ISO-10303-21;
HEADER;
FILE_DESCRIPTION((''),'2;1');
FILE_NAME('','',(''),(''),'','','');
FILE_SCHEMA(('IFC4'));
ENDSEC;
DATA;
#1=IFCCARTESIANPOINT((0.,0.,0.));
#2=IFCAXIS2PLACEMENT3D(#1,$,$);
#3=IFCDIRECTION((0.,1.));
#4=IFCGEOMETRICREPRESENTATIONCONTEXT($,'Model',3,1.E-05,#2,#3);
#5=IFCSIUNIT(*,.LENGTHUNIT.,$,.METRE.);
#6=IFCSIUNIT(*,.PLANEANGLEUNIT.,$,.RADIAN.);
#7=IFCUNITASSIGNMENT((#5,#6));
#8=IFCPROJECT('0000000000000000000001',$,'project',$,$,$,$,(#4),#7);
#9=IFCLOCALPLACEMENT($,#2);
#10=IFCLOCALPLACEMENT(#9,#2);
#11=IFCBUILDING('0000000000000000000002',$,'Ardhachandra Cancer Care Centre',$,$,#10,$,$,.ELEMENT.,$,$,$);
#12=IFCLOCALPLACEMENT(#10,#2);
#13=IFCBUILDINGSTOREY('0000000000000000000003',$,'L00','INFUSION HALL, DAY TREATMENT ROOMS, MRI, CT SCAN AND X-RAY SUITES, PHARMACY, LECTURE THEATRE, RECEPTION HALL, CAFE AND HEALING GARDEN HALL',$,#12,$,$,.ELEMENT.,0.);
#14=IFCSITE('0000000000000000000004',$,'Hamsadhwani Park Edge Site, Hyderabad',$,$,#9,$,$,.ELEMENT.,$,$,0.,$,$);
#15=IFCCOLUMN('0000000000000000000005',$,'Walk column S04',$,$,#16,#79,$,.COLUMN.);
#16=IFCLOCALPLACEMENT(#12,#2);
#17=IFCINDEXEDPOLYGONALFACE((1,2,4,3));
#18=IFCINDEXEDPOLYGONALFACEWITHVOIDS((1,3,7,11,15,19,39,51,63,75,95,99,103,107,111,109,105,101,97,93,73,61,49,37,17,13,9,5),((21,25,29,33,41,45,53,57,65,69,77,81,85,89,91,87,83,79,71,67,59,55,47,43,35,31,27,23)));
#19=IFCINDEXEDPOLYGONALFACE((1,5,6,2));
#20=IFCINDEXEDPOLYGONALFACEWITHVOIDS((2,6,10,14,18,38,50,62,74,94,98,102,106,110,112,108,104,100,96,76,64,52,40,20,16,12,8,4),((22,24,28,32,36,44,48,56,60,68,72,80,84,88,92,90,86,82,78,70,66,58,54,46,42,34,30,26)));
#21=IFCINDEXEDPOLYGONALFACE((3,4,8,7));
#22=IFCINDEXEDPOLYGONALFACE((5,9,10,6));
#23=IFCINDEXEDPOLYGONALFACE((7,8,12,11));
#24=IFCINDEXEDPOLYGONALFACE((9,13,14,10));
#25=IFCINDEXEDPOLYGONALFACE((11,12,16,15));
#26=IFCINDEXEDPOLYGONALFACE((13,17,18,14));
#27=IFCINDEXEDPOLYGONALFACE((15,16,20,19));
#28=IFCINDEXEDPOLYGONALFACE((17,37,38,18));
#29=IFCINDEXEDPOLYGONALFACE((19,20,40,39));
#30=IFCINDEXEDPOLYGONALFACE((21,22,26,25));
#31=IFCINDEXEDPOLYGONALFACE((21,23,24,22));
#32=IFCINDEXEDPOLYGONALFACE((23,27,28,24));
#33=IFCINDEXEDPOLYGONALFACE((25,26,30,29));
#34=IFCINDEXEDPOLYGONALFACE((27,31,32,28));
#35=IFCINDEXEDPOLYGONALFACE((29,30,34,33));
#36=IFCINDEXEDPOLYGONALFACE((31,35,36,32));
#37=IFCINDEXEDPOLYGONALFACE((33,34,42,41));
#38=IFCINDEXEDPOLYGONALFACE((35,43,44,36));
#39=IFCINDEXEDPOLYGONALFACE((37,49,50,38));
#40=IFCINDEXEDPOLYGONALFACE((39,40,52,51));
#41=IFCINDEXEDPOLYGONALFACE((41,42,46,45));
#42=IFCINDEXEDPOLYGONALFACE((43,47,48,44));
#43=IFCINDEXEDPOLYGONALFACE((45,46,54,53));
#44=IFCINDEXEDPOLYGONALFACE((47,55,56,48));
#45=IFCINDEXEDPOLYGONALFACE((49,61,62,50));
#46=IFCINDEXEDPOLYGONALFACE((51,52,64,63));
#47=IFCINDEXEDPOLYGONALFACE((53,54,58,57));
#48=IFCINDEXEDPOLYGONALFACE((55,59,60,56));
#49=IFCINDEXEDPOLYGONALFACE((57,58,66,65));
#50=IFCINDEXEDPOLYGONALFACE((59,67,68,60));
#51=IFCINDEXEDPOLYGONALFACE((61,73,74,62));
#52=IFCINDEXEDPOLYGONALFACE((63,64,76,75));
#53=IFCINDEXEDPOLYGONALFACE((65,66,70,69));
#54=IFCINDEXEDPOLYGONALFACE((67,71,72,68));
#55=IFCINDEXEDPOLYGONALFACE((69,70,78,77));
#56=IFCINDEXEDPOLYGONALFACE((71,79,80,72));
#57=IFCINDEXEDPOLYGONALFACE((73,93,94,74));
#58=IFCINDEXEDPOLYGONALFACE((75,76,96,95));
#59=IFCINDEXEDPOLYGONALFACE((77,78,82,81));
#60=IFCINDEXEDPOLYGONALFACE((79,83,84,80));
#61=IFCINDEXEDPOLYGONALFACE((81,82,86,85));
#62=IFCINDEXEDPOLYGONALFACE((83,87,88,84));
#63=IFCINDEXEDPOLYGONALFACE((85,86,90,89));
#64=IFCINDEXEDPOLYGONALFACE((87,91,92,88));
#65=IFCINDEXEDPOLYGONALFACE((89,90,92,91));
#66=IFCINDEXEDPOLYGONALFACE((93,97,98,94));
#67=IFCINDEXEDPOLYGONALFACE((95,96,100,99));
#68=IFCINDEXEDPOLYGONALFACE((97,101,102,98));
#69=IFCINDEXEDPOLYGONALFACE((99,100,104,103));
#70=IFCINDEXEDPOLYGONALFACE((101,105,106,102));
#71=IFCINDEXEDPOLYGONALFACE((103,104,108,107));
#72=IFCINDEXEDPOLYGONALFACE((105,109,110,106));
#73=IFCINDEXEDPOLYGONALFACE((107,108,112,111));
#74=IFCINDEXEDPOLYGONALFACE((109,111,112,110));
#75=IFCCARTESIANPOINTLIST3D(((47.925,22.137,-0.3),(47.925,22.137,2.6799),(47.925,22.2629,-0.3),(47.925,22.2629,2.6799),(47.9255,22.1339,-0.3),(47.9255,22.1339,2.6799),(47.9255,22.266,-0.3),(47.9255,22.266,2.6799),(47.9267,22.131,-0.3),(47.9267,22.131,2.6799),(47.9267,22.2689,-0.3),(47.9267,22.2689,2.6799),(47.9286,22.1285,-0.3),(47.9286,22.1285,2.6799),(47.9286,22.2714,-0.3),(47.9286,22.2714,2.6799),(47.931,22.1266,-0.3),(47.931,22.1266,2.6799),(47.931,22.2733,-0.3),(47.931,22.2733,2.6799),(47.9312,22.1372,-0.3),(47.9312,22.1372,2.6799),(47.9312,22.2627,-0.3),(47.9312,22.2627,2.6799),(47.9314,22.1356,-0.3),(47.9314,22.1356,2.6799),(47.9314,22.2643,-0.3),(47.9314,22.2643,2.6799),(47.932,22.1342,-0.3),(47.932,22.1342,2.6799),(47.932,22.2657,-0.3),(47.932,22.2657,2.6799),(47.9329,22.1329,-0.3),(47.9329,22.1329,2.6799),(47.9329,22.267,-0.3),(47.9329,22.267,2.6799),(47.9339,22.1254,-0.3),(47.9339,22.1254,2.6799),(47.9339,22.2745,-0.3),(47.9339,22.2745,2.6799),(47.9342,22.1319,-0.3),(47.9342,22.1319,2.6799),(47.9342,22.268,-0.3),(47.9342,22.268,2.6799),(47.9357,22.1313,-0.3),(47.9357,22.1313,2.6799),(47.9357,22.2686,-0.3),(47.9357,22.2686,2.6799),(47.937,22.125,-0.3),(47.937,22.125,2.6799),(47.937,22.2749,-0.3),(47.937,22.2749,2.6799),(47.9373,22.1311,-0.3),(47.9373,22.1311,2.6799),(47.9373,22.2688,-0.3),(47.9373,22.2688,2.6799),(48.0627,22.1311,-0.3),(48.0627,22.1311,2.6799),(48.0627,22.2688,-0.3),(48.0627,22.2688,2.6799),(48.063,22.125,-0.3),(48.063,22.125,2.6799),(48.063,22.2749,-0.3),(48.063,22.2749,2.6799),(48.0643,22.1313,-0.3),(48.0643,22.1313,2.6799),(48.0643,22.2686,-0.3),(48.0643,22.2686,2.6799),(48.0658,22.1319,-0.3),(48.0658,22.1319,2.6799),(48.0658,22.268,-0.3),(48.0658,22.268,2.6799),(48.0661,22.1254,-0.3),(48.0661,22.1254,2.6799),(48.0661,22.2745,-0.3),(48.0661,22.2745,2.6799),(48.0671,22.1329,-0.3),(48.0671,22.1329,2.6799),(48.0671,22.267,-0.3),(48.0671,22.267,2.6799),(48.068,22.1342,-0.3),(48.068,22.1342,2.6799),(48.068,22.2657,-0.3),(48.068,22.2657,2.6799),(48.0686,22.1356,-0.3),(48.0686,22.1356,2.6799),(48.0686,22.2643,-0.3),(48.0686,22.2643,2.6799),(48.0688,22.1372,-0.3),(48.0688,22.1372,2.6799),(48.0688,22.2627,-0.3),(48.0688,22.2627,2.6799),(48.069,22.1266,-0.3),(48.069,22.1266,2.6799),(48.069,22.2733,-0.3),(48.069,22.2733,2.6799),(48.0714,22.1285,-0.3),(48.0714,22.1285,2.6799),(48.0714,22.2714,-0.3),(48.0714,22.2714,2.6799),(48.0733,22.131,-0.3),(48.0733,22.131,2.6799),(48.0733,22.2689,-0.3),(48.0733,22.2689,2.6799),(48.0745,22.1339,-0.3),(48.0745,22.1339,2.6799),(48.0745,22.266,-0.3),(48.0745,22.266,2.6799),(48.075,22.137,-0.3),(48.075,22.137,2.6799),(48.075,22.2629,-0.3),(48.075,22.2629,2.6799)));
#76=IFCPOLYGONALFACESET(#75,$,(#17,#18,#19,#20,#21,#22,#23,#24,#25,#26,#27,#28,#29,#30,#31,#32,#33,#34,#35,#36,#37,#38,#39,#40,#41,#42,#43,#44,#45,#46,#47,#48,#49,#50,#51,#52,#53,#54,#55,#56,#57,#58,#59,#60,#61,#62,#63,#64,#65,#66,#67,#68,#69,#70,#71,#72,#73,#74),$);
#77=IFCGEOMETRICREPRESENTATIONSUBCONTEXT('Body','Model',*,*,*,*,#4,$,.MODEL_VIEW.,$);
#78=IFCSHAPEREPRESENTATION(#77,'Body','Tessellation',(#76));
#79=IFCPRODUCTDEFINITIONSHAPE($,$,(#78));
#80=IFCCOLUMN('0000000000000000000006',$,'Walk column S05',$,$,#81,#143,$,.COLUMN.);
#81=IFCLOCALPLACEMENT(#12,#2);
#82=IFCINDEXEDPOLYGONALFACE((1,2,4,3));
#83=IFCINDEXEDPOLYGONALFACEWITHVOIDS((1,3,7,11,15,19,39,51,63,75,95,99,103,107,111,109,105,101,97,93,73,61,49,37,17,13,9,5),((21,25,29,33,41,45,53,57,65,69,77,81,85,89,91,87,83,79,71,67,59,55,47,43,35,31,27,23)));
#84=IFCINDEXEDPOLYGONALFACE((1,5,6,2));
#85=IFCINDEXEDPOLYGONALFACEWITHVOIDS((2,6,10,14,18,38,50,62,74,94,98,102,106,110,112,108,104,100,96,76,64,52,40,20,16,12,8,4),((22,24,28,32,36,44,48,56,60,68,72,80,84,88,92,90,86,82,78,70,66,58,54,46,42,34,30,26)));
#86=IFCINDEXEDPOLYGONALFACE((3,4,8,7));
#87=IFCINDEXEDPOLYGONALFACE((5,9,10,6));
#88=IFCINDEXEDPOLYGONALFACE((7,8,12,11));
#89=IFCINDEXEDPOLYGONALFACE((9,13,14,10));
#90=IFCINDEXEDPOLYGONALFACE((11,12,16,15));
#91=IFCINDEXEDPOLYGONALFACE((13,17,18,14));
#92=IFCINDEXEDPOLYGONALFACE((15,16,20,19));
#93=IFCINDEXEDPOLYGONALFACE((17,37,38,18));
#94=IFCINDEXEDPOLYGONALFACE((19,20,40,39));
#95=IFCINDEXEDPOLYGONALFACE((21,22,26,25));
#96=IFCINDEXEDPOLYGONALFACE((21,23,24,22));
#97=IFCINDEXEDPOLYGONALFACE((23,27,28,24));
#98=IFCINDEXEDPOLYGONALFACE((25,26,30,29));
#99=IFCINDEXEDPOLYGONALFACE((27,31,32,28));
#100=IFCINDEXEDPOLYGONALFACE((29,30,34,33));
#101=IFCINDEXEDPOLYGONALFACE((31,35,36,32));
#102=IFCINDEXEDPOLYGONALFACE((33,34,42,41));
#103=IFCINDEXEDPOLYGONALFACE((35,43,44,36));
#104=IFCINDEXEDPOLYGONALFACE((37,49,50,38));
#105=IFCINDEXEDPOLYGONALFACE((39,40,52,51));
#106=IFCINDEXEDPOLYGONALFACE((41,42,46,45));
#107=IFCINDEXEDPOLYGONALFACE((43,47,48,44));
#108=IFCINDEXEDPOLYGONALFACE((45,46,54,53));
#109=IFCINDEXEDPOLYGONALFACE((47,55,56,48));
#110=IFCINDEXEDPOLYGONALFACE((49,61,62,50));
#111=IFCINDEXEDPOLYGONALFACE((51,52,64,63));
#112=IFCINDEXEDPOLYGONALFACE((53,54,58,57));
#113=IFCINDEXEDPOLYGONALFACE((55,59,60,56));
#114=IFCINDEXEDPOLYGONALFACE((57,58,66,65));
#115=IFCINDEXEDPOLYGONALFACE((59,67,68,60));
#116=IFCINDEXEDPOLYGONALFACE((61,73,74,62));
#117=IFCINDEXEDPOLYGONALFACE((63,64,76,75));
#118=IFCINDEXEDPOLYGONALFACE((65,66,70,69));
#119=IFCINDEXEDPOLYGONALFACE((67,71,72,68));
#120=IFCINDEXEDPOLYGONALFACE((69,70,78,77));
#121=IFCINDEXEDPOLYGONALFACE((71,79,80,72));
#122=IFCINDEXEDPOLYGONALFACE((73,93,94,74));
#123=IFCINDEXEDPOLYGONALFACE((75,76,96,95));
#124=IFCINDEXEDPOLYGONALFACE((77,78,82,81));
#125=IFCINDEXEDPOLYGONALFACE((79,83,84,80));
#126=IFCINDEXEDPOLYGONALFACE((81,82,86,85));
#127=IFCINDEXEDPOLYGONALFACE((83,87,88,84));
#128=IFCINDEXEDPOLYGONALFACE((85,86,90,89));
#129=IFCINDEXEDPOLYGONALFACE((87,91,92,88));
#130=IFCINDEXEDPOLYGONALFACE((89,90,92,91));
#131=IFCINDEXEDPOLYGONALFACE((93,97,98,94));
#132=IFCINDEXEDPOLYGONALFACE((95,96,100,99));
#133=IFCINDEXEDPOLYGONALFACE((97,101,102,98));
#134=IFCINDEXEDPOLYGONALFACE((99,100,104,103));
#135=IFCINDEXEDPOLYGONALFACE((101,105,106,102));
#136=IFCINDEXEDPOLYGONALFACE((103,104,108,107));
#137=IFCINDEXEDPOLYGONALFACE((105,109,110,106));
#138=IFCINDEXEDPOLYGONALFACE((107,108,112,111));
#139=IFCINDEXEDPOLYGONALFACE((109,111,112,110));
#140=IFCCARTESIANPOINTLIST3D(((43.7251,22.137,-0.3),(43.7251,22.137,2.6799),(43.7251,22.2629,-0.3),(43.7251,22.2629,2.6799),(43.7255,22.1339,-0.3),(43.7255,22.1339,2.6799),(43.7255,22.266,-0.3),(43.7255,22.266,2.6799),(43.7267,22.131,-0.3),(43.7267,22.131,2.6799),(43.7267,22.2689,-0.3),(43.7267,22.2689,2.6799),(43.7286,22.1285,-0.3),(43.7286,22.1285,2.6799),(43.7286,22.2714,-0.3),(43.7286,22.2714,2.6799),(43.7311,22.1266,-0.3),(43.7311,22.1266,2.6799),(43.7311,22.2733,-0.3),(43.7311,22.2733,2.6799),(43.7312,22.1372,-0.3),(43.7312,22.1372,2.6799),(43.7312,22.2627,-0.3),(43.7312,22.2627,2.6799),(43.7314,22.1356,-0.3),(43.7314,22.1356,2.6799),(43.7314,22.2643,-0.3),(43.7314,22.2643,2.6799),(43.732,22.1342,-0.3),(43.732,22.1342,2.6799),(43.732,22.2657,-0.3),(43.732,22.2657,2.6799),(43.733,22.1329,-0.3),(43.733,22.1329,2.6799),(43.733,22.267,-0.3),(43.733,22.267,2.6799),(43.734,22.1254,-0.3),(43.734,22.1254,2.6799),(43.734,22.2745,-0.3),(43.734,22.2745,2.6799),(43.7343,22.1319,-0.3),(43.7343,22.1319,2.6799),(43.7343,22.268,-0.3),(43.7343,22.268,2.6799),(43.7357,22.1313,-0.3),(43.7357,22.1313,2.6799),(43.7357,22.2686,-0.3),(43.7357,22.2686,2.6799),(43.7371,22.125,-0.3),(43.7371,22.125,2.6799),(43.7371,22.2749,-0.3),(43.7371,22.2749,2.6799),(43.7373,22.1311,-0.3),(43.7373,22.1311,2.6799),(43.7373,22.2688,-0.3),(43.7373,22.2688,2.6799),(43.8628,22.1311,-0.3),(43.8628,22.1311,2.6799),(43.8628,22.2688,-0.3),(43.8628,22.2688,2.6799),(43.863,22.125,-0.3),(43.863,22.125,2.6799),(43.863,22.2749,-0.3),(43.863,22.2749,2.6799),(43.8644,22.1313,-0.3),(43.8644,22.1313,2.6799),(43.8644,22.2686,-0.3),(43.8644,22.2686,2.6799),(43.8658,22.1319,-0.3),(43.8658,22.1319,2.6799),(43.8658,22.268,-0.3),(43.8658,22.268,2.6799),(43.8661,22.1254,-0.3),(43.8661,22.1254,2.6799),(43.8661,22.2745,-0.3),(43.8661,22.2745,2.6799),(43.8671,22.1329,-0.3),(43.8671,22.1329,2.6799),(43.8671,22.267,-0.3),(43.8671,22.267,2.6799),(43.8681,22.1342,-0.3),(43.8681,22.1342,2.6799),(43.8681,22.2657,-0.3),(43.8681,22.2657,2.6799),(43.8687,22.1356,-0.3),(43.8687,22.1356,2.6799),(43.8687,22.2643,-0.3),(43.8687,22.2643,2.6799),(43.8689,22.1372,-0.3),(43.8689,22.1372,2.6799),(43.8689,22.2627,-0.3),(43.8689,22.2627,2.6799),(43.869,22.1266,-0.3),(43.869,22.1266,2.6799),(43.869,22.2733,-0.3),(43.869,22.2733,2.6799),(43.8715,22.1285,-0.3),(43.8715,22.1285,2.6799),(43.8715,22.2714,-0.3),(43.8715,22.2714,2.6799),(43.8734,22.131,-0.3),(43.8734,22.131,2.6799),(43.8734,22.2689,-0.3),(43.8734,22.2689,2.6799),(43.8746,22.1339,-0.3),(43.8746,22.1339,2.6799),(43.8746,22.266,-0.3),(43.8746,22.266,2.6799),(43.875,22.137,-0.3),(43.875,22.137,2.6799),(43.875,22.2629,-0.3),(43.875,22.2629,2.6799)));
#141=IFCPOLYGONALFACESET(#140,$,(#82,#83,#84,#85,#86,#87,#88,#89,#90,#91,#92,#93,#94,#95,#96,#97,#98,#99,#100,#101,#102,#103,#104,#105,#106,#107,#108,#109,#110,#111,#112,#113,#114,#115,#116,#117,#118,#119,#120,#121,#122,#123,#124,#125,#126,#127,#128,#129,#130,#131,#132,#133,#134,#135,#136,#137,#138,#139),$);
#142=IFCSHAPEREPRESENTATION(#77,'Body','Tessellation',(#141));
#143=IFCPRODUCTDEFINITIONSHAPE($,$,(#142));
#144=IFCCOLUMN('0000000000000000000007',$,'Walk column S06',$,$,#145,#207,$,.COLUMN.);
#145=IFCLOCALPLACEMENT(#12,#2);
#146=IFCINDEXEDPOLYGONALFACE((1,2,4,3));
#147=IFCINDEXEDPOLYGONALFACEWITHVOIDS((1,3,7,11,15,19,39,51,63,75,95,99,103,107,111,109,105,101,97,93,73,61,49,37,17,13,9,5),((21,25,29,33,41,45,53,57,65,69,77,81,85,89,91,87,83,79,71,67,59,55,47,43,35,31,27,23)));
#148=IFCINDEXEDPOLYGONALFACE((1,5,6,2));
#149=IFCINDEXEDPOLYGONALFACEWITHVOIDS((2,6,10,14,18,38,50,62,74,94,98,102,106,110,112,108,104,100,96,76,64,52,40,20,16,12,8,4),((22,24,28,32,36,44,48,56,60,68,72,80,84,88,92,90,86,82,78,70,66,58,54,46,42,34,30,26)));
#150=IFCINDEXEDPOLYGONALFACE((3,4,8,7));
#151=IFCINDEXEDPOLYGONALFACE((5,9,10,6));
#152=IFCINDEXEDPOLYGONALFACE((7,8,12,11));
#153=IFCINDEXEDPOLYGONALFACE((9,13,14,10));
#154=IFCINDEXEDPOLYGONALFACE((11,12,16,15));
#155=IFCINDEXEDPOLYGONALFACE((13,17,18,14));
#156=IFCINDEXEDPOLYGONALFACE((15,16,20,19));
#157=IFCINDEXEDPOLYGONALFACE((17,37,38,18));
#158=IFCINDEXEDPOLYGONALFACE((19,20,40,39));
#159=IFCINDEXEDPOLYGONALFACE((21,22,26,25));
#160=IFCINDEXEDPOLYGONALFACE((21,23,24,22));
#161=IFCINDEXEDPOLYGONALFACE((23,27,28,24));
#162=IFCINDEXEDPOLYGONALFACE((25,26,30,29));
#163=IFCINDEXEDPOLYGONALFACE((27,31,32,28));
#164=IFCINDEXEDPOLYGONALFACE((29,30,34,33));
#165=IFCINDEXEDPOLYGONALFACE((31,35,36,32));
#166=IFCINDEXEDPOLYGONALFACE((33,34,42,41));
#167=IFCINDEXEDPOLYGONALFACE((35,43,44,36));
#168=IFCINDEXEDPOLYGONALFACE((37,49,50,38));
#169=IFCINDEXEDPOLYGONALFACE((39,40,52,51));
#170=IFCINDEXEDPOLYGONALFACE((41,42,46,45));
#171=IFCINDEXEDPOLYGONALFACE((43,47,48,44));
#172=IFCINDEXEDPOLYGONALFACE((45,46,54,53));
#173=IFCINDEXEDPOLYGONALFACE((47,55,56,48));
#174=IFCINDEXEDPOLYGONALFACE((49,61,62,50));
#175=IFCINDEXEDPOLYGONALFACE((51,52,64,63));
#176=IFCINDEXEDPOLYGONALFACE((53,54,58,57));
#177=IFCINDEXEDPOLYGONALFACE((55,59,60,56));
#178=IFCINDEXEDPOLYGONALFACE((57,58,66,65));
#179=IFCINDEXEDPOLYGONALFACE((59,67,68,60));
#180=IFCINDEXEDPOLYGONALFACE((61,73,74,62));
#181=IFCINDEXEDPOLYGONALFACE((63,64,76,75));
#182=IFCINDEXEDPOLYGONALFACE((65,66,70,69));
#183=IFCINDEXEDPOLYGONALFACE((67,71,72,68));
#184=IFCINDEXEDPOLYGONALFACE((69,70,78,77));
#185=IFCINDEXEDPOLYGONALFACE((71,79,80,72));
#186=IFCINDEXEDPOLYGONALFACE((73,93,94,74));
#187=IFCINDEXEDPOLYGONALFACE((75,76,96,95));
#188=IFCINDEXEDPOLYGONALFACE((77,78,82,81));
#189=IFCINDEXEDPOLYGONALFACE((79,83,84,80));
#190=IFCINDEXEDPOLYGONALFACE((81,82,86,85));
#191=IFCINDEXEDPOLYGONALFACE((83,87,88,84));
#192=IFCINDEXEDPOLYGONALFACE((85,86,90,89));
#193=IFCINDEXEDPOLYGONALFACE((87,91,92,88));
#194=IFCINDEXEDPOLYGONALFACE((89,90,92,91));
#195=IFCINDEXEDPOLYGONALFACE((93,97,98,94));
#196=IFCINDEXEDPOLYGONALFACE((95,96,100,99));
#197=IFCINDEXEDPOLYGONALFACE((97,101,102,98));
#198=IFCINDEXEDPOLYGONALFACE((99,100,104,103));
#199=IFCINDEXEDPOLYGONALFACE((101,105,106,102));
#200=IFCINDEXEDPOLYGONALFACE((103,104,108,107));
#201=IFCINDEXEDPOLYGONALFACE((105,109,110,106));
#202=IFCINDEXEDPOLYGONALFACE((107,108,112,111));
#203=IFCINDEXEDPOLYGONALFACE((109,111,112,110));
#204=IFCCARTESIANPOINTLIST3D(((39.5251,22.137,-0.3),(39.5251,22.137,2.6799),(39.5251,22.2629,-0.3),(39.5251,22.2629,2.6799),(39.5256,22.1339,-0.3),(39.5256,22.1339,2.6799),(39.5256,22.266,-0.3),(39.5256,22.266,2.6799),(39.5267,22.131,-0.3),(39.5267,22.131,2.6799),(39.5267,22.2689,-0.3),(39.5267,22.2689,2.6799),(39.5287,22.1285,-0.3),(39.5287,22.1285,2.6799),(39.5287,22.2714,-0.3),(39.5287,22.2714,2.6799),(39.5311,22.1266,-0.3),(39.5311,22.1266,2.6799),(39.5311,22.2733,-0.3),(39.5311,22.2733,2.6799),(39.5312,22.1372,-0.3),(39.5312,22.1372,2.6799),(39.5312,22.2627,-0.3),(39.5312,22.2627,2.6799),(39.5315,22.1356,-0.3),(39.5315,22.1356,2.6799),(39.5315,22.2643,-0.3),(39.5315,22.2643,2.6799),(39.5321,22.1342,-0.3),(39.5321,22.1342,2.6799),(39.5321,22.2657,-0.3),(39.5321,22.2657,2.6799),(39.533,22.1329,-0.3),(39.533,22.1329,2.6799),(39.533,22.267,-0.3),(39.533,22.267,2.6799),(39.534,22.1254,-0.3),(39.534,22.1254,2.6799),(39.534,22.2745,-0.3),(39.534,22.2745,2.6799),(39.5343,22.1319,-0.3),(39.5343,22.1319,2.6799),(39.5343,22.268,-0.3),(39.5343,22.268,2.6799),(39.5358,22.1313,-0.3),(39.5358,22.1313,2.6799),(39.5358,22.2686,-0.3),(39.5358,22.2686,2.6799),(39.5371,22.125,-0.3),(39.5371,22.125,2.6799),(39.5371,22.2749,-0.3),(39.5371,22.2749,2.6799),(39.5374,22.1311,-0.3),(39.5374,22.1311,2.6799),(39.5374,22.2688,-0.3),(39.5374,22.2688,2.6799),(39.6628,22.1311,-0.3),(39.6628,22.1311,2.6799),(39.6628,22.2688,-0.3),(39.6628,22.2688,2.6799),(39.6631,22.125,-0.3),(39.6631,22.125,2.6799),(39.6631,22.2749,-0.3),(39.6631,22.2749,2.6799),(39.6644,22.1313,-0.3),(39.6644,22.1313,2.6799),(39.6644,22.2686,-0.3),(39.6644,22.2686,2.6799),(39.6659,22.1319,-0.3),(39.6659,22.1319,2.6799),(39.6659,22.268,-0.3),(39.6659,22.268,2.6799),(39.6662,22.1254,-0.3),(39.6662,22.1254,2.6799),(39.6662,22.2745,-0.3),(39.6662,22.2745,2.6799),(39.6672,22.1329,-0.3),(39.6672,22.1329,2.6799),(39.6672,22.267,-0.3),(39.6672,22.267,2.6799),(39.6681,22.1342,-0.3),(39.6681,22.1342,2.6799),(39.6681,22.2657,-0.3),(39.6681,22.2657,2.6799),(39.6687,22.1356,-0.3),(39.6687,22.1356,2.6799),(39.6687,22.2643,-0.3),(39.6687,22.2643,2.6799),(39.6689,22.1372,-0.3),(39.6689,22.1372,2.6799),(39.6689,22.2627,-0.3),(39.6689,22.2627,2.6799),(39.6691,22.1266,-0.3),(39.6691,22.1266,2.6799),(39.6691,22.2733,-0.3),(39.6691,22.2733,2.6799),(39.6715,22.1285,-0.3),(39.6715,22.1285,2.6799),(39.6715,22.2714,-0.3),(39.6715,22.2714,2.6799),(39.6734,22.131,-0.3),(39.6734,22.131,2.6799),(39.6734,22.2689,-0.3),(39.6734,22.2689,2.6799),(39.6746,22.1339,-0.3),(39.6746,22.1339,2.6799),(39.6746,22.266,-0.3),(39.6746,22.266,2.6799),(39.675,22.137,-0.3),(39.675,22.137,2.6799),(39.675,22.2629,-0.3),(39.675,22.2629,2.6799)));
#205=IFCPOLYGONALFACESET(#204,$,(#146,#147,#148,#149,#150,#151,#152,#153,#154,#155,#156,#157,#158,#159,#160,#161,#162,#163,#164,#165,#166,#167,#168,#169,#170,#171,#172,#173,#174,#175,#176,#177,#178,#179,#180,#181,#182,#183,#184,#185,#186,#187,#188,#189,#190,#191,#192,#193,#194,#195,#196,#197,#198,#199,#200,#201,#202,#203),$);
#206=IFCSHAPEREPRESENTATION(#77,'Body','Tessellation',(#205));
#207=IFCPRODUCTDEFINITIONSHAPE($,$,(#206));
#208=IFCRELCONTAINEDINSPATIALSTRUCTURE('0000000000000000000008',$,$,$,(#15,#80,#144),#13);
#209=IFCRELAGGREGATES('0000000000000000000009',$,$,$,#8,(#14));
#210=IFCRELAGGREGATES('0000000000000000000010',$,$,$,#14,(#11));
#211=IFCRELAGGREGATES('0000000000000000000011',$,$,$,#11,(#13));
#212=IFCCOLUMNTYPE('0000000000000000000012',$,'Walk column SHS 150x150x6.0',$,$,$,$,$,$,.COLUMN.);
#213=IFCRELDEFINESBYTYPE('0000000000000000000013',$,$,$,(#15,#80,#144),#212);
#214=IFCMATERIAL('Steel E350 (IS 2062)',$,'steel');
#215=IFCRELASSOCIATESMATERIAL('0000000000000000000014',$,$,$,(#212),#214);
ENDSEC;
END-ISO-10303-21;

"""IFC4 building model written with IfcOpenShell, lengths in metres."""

from ifc_helpers import new_model, si_unit, direction, frame, origin, origin_2d, place, context, subcontext, project, spatial, hollow_rectangle, extrude, material, material_profile, profile_set, type_object, element, save


model = new_model("IFC4")

# Units and contexts
model_context = context("Model", 3, precision=1e-05, world=origin(), true_north=direction((0.0, 1.0)))
body_context = subcontext(model_context, "Body", "Model", "MODEL_VIEW")
ifc_project = project(units=[si_unit("LENGTHUNIT", "METRE"), si_unit("PLANEANGLEUNIT", "RADIAN")], contexts=[model_context])

# Site, building, storey
site_placement = place(None, origin())
site = spatial("IfcSite", under=ifc_project, at=site_placement, Name="Hamsadhwani Park Edge Site, Hyderabad", CompositionType="ELEMENT", RefElevation=0.0)
building_placement = place(site_placement, origin())
building = spatial("IfcBuilding", under=site, at=building_placement, Name="Ardhachandra Cancer Care Centre", CompositionType="ELEMENT")
storey_placement = place(building_placement, origin())
storey = spatial("IfcBuildingStorey", under=building, at=storey_placement, Name="L00", Description="INFUSION HALL, DAY TREATMENT ROOMS, MRI, CT SCAN AND X-RAY SUITES, PHARMACY, LECTURE THEATRE, RECEPTION HALL, CAFE AND HEALING GARDEN HALL", CompositionType="ELEMENT", Elevation=0.0)

# Columns
ifc_material_1 = material(Name="Steel E350 (IS 2062)", Category="steel")
ifc_material_profile_1 = material_profile(ifc_material_1, hollow_rectangle(XDim=0.1499, YDim=0.1499, WallThickness=0.0061, InnerFilletRadius=0.0061, OuterFilletRadius=0.012, at=origin_2d()), Name="SHS 150x150x6.0")
ifc_profile_set_1 = profile_set([ifc_material_profile_1], Name="Steel E350 (IS 2062)")
column_type = type_object("IfcColumnType", Name="Walk column SHS 150x150x6.0", PredefinedType="COLUMN", material=ifc_profile_set_1)
for number, where, z_axis, x_axis, name in (
    (1, (48.0, 22.2, -0.3), (0.0, 0.0, 1.0), (1.0, 0.0, 0.0), "Walk column S04"),
    (2, (43.8, 22.2, -0.3), (0.0, 0.0, 1.0), (1.0, 0.0, 0.0), "Walk column S05"),
    (3, (39.6001, 22.2, -0.3), (0.0, 0.0, 1.0), (1.0, 0.0, 0.0), "Walk column S06"),
):
    element("IfcColumn", number, at=place(storey_placement, frame(where, z_axis=z_axis, x_axis=x_axis)), inside=storey, type_object=column_type, Name=name, PredefinedType="COLUMN", context=body_context, shape_type="SweptSolid", body=[
        extrude(hollow_rectangle(XDim=0.1499, YDim=0.1499, WallThickness=0.0061, InnerFilletRadius=0.0061, OuterFilletRadius=0.012, at=origin_2d()), origin(), (0.0, 0.0, 1.0), 2.98),
    ])

save(model, "model.ifc")
